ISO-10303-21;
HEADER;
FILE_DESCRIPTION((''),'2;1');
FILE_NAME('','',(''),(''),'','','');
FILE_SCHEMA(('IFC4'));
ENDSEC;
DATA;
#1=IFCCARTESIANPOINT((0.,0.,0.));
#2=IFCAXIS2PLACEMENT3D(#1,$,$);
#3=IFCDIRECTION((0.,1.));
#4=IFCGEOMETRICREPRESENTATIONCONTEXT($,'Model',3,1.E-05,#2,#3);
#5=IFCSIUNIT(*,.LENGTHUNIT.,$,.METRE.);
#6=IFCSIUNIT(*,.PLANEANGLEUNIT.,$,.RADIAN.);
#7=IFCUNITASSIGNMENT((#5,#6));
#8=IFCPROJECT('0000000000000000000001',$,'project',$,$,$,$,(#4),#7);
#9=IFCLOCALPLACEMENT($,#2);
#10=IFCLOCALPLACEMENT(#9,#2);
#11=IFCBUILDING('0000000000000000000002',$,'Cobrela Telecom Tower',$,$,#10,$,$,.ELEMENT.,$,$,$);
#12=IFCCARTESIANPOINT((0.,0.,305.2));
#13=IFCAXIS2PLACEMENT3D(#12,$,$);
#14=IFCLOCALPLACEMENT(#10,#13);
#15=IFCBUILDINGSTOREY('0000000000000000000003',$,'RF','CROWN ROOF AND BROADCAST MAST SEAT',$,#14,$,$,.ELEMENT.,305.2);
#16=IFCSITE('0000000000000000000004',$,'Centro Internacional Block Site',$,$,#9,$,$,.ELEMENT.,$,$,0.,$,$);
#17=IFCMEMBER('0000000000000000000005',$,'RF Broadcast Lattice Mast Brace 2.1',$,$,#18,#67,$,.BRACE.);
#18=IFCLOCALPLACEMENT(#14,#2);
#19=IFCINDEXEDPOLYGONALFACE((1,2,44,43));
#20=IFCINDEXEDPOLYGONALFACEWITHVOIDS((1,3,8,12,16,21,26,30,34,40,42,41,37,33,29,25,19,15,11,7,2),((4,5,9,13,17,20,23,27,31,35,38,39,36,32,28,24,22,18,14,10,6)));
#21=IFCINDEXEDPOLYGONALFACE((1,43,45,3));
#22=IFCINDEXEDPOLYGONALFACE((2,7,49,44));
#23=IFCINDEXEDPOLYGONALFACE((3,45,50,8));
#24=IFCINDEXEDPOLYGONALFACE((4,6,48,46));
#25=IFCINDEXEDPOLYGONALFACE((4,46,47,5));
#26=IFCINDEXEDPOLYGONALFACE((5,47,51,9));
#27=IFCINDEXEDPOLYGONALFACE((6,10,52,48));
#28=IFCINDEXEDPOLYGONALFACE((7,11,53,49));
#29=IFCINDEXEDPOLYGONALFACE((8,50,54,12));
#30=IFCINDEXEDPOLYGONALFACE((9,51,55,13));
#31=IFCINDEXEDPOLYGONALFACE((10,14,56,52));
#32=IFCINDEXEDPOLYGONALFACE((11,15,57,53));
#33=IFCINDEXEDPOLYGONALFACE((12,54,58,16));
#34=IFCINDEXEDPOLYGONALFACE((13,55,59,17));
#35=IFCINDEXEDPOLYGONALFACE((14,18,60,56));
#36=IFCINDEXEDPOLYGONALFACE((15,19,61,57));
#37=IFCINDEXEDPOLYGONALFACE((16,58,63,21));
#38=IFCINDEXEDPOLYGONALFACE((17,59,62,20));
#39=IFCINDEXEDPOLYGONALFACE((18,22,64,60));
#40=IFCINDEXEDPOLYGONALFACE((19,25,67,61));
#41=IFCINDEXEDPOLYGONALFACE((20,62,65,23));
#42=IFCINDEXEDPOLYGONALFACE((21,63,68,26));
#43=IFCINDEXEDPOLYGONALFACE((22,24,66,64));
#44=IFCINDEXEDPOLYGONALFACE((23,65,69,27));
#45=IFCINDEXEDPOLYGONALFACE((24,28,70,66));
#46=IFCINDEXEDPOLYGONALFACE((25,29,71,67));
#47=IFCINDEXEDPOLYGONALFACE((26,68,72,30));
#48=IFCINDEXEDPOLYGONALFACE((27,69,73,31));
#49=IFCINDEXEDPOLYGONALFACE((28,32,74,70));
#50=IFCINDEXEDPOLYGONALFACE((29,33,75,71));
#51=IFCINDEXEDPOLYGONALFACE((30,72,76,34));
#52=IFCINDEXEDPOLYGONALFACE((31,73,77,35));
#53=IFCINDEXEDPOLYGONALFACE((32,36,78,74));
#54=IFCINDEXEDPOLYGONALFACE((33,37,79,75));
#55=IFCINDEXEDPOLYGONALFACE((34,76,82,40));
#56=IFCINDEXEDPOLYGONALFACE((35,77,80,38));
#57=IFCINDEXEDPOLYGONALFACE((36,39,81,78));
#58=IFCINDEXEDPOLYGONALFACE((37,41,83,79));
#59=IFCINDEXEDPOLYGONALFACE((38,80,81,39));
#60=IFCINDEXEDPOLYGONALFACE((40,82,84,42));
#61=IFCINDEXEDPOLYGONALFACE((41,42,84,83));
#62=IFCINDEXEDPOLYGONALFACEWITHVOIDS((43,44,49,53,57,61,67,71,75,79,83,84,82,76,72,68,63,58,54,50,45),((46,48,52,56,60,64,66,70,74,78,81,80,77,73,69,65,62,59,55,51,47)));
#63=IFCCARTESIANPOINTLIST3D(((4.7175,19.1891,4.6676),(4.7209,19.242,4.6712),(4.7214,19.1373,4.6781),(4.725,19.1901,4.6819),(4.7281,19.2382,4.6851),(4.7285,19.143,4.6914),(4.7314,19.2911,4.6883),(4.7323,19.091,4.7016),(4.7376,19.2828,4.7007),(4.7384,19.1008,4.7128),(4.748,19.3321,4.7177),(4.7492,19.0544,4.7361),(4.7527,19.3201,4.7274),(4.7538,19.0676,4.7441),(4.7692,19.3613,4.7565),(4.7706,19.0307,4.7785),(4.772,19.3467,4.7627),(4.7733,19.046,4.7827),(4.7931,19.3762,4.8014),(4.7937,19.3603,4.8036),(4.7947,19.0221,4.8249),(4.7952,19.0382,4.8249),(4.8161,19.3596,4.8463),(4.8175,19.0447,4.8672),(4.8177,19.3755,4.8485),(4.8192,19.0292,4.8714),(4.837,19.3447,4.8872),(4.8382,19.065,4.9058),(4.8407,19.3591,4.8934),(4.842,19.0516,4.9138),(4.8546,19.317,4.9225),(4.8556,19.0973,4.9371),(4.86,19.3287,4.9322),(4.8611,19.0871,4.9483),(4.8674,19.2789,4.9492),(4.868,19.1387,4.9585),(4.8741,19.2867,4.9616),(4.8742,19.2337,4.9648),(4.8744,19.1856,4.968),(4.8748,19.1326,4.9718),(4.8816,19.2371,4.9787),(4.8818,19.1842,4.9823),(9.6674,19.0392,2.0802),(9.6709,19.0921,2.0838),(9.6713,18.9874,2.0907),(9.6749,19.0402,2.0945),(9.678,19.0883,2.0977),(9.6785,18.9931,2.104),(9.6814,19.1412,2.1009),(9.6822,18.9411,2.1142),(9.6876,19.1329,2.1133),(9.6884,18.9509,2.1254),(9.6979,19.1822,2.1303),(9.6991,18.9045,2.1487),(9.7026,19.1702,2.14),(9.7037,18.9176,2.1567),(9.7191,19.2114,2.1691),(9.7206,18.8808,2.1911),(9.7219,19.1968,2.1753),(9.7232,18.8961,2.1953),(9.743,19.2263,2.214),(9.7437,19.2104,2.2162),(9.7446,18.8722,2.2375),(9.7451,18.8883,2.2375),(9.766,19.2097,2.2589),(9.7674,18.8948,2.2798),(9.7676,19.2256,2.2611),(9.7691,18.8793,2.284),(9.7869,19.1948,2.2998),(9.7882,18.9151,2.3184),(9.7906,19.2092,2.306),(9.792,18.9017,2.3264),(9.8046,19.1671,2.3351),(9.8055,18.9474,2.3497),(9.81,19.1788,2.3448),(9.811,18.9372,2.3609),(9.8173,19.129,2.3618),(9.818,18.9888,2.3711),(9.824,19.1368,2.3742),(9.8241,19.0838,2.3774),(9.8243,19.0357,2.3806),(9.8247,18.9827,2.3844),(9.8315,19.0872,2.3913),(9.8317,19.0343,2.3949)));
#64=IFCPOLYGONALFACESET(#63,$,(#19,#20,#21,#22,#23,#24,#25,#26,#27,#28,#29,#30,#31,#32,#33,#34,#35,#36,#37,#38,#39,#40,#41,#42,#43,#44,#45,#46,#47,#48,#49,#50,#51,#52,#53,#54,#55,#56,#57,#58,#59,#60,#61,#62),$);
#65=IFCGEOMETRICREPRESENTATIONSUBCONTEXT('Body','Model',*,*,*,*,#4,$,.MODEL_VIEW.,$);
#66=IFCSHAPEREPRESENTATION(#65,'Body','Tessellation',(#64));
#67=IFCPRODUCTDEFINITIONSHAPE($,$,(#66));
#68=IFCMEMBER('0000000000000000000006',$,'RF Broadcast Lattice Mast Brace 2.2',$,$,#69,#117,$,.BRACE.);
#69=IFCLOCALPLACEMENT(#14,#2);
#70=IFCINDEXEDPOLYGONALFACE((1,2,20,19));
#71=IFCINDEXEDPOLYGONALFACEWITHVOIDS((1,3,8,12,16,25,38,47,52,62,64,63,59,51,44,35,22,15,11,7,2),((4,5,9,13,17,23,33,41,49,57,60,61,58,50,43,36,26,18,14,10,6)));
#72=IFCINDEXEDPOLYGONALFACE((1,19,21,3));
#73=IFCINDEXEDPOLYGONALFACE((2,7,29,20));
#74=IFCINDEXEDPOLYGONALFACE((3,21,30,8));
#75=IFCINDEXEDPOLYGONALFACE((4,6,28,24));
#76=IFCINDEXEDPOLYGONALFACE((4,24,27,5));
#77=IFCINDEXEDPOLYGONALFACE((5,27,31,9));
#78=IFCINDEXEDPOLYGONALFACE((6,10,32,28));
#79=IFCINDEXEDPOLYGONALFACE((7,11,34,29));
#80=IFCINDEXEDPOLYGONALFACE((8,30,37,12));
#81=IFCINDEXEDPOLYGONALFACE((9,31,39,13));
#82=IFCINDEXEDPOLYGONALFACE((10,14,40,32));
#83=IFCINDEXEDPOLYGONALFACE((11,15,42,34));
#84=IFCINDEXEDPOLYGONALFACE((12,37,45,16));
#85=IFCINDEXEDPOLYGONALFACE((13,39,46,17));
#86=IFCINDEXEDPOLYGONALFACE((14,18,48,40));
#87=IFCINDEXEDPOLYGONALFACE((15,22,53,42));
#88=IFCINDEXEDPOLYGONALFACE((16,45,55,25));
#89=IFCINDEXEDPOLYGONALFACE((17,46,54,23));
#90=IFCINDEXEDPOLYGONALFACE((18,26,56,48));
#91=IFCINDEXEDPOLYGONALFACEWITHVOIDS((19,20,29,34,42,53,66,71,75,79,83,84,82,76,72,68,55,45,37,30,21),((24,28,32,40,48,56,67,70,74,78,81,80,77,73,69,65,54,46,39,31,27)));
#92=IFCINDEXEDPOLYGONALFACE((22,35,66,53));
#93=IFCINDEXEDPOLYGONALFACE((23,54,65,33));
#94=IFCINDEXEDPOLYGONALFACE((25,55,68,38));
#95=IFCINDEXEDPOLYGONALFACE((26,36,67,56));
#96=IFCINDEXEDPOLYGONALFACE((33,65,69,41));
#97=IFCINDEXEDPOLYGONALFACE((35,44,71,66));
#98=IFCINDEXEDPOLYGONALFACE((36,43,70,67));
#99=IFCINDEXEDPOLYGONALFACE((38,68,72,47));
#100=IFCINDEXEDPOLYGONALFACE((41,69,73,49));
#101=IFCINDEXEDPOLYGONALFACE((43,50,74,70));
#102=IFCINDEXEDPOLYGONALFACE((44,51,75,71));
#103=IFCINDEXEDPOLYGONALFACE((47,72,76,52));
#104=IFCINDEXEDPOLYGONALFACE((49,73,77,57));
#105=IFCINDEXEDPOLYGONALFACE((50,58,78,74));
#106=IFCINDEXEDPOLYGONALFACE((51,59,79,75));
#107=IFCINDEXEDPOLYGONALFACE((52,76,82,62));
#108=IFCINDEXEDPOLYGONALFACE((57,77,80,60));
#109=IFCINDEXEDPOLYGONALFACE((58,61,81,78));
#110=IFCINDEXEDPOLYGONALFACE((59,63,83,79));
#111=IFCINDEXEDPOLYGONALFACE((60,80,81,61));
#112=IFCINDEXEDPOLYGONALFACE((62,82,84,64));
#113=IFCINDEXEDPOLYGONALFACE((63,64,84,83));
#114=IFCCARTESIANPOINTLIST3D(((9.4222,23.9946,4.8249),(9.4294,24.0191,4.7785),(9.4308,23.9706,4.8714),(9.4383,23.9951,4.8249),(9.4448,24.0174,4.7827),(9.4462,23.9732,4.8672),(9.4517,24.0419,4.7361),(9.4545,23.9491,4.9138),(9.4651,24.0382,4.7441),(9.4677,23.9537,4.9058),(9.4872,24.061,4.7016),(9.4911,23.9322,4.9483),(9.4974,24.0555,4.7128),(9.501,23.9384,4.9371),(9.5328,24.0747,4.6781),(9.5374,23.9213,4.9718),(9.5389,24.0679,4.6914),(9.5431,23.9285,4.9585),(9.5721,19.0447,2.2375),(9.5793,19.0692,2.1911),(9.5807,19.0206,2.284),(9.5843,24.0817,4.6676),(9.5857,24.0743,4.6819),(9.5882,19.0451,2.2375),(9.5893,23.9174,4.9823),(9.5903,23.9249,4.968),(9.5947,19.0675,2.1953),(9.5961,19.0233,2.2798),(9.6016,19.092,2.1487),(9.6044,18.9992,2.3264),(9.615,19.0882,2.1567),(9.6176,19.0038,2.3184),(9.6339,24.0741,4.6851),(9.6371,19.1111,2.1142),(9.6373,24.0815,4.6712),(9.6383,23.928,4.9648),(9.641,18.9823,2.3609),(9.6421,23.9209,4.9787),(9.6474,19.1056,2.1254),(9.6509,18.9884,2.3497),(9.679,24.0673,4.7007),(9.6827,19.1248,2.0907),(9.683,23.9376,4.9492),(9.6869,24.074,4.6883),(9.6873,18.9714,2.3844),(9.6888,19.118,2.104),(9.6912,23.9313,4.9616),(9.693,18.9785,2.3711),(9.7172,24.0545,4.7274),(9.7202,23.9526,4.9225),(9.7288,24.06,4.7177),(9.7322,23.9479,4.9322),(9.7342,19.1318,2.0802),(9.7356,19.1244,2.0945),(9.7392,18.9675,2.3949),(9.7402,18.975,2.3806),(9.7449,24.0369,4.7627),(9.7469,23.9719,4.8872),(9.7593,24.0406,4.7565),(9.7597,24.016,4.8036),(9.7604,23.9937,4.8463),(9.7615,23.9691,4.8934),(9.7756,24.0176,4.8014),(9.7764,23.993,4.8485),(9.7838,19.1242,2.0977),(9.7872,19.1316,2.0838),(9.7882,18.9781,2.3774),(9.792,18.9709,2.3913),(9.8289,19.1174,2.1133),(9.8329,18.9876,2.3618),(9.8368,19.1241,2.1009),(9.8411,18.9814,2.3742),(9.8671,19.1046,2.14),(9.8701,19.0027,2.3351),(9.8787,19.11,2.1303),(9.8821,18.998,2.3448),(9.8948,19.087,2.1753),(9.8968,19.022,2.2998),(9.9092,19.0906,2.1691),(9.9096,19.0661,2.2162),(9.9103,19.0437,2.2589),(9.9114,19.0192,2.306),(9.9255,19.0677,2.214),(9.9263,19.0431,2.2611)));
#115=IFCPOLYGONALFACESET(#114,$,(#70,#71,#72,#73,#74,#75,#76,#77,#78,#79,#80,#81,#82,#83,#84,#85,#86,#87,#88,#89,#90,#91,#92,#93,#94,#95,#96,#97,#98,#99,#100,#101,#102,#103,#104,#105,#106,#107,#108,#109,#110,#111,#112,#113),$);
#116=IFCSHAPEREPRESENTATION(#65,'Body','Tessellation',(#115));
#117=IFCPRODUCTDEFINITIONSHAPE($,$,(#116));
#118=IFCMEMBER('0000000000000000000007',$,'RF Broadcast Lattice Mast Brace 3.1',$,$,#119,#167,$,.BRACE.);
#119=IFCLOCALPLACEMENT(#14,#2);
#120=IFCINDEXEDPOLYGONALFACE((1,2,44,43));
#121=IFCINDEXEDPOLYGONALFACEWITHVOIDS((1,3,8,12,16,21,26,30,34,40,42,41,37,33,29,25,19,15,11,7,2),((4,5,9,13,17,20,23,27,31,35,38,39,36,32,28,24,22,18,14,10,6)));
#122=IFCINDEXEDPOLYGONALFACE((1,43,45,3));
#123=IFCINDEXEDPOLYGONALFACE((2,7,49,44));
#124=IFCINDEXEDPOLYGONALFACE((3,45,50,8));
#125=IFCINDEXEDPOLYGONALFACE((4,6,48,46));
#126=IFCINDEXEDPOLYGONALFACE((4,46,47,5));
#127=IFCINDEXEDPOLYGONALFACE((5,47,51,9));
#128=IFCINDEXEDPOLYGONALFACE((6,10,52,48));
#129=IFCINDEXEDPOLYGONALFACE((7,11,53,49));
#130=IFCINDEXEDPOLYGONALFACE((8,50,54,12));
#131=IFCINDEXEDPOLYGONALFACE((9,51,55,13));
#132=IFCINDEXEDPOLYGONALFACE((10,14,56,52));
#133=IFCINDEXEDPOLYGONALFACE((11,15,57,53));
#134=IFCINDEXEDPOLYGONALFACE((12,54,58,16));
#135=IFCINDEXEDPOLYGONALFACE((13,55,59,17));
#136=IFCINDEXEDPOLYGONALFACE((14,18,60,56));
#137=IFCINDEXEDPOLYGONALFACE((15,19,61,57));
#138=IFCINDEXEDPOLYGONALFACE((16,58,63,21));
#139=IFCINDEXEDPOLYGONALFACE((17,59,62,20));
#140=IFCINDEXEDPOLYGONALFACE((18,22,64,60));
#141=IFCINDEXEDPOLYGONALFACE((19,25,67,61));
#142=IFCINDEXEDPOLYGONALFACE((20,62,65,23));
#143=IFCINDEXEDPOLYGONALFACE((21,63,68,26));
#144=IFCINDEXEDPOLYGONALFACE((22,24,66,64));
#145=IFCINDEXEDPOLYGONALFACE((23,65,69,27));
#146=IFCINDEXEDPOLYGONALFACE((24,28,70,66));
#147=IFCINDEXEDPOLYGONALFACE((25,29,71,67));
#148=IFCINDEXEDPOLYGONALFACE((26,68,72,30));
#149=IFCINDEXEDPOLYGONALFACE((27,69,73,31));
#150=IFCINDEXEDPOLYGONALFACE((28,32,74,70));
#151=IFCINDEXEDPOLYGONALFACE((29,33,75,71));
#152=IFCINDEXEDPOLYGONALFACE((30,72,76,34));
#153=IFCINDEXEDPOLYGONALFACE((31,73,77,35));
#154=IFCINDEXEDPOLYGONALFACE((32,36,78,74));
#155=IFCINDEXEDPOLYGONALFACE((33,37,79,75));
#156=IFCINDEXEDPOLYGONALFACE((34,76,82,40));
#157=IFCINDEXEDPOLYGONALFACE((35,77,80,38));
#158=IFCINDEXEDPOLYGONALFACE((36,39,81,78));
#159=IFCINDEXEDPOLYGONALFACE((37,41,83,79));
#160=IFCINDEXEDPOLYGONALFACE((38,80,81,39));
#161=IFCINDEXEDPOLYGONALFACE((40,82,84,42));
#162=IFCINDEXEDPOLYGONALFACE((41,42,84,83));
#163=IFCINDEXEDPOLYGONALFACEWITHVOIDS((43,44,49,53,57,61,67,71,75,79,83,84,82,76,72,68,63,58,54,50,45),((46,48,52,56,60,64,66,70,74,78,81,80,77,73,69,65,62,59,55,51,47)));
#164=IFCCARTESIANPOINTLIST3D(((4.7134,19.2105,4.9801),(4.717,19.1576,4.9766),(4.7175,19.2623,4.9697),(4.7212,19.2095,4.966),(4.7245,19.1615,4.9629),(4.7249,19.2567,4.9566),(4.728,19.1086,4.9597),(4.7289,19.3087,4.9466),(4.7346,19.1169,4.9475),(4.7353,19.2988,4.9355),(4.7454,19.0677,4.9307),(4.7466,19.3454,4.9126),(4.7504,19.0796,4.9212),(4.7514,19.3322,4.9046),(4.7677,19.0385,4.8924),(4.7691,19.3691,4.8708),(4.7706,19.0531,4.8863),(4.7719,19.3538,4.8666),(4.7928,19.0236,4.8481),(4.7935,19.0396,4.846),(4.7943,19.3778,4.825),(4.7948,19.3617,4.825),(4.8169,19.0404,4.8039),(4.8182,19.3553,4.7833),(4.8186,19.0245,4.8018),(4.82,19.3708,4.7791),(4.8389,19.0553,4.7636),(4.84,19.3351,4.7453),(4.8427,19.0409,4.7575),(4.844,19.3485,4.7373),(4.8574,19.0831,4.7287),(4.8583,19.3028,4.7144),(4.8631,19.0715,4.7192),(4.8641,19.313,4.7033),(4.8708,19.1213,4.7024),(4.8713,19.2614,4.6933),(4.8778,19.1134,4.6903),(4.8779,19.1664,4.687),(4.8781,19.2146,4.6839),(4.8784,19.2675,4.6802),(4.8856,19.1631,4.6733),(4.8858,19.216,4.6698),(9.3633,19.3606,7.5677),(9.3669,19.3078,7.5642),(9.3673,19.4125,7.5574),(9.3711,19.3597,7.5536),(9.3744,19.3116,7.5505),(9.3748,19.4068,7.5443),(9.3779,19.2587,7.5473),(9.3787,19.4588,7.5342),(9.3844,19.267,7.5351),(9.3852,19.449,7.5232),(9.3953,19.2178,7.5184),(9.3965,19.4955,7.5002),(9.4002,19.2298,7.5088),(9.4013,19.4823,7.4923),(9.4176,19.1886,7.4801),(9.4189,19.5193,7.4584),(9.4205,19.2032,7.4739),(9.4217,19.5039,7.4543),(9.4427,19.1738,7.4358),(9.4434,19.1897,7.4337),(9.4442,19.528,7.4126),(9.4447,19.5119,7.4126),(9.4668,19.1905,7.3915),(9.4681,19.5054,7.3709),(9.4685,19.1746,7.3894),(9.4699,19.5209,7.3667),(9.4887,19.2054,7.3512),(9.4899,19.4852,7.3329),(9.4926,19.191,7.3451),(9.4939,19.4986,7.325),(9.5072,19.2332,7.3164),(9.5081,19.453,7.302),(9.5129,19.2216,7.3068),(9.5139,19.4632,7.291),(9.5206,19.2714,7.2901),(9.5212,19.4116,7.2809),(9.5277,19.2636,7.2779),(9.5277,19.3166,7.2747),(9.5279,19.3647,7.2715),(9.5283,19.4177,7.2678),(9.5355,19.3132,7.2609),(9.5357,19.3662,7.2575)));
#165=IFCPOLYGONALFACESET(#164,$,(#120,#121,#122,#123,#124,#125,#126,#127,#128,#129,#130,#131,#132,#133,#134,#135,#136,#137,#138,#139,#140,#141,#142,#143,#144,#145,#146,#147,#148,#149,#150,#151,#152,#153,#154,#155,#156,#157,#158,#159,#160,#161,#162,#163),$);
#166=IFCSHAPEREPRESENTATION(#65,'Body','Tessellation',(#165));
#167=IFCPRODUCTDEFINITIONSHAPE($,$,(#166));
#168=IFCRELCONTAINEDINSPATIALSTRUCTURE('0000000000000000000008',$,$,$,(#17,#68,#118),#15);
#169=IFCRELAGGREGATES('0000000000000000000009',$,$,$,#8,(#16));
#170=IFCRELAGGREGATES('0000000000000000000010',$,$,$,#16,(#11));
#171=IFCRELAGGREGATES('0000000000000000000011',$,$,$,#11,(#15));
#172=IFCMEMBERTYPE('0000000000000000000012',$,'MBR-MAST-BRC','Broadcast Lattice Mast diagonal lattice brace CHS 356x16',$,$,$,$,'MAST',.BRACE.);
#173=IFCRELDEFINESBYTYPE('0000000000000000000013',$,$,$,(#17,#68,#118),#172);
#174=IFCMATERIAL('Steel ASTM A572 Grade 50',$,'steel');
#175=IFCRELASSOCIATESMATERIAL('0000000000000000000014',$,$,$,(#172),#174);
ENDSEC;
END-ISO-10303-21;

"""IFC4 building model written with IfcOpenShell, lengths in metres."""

from ifc_helpers import new_model, si_unit, direction, frame, origin, origin_2d, place, context, subcontext, project, spatial, hollow_circle, extrude, material, material_profile, profile_set, type_object, element, save


model = new_model("IFC4")

# Units and contexts
model_context = context("Model", 3, precision=1e-05, world=origin(), true_north=direction((0.0, 1.0)))
body_context = subcontext(model_context, "Body", "Model", "MODEL_VIEW")
ifc_project = project(units=[si_unit("LENGTHUNIT", "METRE"), si_unit("PLANEANGLEUNIT", "RADIAN")], contexts=[model_context])

# Site, building, storey
site_placement = place(None, origin())
site = spatial("IfcSite", under=ifc_project, at=site_placement, Name="Centro Internacional Block Site", CompositionType="ELEMENT", RefElevation=0.0)
building_placement = place(site_placement, origin())
building = spatial("IfcBuilding", under=site, at=building_placement, Name="Cobrela Telecom Tower", CompositionType="ELEMENT")
storey_placement = place(building_placement, frame((0.0, 0.0, 305.2)))
storey = spatial("IfcBuildingStorey", under=building, at=storey_placement, Name="RF", Description="CROWN ROOF AND BROADCAST MAST SEAT", CompositionType="ELEMENT", Elevation=305.2)

# Shared definitions
ifc_material_1 = material(Name="Steel ASTM A572 Grade 50", Category="steel")

# Members
ifc_material_profile_1 = material_profile(ifc_material_1, hollow_circle(Radius=0.178, WallThickness=0.0161, at=origin_2d()), Name="CHS 356x16")
ifc_profile_set_1 = profile_set([ifc_material_profile_1], Name="Steel ASTM A572 Grade 50")
member_type = type_object("IfcMemberType", Name="MBR-MAST-BRC", Description="Broadcast Lattice Mast diagonal lattice brace CHS 356x16", ElementType="MAST", PredefinedType="BRACE", material=ifc_profile_set_1)
for number, where, z_axis, x_axis, name in (
    (1, (9.75, 19.05, 2.2375), (-0.885912, 0.026829, 0.463077), (-0.03027, -0.999542, 0.0), "RF Broadcast Lattice Mast Brace 2.1"),
    (2, (9.75, 19.05, 2.2375), (-0.026829, 0.885912, 0.463077), (-0.999542, -0.03027, 0.0), "RF Broadcast Lattice Mast Brace 2.2"),
):
    element("IfcMember", number, at=place(storey_placement, frame(where, z_axis=z_axis, x_axis=x_axis)), inside=storey, type_object=member_type, Name=name, PredefinedType="BRACE", context=body_context, shape_type="SweptSolid", body=[
        extrude(hollow_circle(Radius=0.178, WallThickness=0.0161, at=origin_2d()), origin(), (0.0, 0.0, 1.0), 5.5874),
    ])
member_1_placement = place(storey_placement, frame((4.8, 19.2, 4.825), z_axis=(0.873461, 0.028204, 0.486077), x_axis=(-0.032273, 0.999479, 0.0)))
element("IfcMember", 3, at=member_1_placement, inside=storey, type_object=member_type, Name="RF Broadcast Lattice Mast Brace 3.1", PredefinedType="BRACE", context=body_context, shape_type="SweptSolid", body=[
    extrude(hollow_circle(Radius=0.178, WallThickness=0.0161, at=origin_2d()), origin(), (0.0, 0.0, 1.0), 5.3235),
])

save(model, "model.ifc")
